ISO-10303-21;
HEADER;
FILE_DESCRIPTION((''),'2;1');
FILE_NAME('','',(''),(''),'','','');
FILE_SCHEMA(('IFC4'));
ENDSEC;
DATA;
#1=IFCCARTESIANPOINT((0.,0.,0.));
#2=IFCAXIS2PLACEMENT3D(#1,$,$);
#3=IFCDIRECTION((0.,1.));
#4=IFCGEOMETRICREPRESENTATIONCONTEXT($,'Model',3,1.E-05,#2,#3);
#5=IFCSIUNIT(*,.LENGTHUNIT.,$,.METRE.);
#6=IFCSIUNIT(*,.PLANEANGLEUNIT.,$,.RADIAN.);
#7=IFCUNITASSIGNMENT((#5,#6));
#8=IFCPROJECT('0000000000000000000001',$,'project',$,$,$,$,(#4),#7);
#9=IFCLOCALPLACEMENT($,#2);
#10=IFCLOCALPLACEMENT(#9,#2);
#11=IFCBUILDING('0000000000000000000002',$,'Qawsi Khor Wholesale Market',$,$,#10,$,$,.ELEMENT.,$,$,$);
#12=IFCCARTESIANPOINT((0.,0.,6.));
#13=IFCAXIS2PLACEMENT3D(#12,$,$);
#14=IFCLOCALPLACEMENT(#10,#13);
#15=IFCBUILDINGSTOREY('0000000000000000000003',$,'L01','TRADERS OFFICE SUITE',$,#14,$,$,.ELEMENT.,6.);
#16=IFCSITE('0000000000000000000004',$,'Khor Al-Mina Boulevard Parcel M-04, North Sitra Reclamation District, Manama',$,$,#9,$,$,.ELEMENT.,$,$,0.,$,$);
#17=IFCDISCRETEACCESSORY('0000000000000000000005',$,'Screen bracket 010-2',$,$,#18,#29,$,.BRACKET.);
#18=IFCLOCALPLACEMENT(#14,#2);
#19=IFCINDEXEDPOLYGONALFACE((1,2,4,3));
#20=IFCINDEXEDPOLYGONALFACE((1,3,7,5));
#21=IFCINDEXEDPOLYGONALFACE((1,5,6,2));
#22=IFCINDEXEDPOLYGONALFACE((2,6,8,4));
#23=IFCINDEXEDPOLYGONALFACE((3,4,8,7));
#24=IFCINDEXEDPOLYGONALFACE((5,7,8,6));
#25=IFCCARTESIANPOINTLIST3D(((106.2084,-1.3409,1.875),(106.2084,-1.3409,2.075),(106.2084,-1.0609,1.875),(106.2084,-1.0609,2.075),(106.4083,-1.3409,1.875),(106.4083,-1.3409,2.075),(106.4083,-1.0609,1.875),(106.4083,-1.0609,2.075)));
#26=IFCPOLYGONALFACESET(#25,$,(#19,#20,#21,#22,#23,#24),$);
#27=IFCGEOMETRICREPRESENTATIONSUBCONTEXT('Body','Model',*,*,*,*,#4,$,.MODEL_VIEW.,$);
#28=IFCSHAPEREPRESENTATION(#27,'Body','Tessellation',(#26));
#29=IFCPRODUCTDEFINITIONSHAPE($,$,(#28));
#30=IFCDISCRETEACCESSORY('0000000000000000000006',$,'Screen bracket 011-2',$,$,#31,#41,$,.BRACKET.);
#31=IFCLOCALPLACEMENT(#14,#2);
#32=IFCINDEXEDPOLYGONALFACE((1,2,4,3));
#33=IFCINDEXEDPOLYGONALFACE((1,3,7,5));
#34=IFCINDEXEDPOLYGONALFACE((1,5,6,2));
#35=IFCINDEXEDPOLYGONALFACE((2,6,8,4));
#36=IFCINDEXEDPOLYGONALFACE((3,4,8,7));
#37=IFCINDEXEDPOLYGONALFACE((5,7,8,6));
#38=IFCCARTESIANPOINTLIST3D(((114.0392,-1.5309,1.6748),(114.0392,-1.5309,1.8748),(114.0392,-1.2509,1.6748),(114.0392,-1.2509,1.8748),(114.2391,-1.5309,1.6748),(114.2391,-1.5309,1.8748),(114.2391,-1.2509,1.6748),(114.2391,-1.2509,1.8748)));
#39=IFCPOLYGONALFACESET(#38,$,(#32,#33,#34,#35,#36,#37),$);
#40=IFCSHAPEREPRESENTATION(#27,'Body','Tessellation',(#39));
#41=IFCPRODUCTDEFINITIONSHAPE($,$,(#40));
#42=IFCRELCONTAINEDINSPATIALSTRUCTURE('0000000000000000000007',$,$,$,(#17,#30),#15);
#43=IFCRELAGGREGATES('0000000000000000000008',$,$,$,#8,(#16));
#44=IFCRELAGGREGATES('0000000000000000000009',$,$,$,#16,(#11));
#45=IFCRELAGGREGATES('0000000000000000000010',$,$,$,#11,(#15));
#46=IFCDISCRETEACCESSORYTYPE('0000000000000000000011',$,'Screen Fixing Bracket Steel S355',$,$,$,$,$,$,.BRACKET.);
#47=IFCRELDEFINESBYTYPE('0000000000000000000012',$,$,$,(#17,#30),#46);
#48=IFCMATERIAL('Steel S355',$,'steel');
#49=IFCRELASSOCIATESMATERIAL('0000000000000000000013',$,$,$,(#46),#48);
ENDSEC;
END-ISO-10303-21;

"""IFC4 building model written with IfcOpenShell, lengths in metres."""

from ifc_helpers import new_model, si_unit, direction, frame, origin, origin_2d, place, context, subcontext, project, spatial, rectangle, extrude, material, type_object, element, save


model = new_model("IFC4")

# Units and contexts
model_context = context("Model", 3, precision=1e-05, world=origin(), true_north=direction((0.0, 1.0)))
body_context = subcontext(model_context, "Body", "Model", "MODEL_VIEW")
ifc_project = project(units=[si_unit("LENGTHUNIT", "METRE"), si_unit("PLANEANGLEUNIT", "RADIAN")], contexts=[model_context])

# Site, building, storey
site_placement = place(None, origin())
site = spatial("IfcSite", under=ifc_project, at=site_placement, Name="Khor Al-Mina Boulevard Parcel M-04, North Sitra Reclamation District, Manama", CompositionType="ELEMENT", RefElevation=0.0)
building_placement = place(site_placement, origin())
building = spatial("IfcBuilding", under=site, at=building_placement, Name="Qawsi Khor Wholesale Market", CompositionType="ELEMENT")
storey_placement = place(building_placement, frame((0.0, 0.0, 6.0)))
storey = spatial("IfcBuildingStorey", under=building, at=storey_placement, Name="L01", Description="TRADERS OFFICE SUITE", CompositionType="ELEMENT", Elevation=6.0)

# Shared definitions
ifc_material_1 = material(Name="Steel S355", Category="steel")

# Discrete accessories
discrete_accessory_type = type_object("IfcDiscreteAccessoryType", Name="Screen Fixing Bracket Steel S355", PredefinedType="BRACKET", material=ifc_material_1)
for number, where, z_axis, x_axis, name in (
    (1, (106.3083, -1.2009, 1.875), (0.0, 0.0, 1.0), (1.0, 0.0, 0.0), "Screen bracket 010-2"),
    (2, (114.1392, -1.3909, 1.6748), (0.0, 0.0, 1.0), (1.0, 0.0, 0.0), "Screen bracket 011-2"),
):
    element("IfcDiscreteAccessory", number, at=place(storey_placement, frame(where, z_axis=z_axis, x_axis=x_axis)), inside=storey, type_object=discrete_accessory_type, Name=name, PredefinedType="BRACKET", context=body_context, shape_type="SweptSolid", body=[
        extrude(rectangle(XDim=0.2, YDim=0.28, at=origin_2d()), origin(), (0.0, 0.0, 1.0), 0.2),
    ])

save(model, "model.ifc")
